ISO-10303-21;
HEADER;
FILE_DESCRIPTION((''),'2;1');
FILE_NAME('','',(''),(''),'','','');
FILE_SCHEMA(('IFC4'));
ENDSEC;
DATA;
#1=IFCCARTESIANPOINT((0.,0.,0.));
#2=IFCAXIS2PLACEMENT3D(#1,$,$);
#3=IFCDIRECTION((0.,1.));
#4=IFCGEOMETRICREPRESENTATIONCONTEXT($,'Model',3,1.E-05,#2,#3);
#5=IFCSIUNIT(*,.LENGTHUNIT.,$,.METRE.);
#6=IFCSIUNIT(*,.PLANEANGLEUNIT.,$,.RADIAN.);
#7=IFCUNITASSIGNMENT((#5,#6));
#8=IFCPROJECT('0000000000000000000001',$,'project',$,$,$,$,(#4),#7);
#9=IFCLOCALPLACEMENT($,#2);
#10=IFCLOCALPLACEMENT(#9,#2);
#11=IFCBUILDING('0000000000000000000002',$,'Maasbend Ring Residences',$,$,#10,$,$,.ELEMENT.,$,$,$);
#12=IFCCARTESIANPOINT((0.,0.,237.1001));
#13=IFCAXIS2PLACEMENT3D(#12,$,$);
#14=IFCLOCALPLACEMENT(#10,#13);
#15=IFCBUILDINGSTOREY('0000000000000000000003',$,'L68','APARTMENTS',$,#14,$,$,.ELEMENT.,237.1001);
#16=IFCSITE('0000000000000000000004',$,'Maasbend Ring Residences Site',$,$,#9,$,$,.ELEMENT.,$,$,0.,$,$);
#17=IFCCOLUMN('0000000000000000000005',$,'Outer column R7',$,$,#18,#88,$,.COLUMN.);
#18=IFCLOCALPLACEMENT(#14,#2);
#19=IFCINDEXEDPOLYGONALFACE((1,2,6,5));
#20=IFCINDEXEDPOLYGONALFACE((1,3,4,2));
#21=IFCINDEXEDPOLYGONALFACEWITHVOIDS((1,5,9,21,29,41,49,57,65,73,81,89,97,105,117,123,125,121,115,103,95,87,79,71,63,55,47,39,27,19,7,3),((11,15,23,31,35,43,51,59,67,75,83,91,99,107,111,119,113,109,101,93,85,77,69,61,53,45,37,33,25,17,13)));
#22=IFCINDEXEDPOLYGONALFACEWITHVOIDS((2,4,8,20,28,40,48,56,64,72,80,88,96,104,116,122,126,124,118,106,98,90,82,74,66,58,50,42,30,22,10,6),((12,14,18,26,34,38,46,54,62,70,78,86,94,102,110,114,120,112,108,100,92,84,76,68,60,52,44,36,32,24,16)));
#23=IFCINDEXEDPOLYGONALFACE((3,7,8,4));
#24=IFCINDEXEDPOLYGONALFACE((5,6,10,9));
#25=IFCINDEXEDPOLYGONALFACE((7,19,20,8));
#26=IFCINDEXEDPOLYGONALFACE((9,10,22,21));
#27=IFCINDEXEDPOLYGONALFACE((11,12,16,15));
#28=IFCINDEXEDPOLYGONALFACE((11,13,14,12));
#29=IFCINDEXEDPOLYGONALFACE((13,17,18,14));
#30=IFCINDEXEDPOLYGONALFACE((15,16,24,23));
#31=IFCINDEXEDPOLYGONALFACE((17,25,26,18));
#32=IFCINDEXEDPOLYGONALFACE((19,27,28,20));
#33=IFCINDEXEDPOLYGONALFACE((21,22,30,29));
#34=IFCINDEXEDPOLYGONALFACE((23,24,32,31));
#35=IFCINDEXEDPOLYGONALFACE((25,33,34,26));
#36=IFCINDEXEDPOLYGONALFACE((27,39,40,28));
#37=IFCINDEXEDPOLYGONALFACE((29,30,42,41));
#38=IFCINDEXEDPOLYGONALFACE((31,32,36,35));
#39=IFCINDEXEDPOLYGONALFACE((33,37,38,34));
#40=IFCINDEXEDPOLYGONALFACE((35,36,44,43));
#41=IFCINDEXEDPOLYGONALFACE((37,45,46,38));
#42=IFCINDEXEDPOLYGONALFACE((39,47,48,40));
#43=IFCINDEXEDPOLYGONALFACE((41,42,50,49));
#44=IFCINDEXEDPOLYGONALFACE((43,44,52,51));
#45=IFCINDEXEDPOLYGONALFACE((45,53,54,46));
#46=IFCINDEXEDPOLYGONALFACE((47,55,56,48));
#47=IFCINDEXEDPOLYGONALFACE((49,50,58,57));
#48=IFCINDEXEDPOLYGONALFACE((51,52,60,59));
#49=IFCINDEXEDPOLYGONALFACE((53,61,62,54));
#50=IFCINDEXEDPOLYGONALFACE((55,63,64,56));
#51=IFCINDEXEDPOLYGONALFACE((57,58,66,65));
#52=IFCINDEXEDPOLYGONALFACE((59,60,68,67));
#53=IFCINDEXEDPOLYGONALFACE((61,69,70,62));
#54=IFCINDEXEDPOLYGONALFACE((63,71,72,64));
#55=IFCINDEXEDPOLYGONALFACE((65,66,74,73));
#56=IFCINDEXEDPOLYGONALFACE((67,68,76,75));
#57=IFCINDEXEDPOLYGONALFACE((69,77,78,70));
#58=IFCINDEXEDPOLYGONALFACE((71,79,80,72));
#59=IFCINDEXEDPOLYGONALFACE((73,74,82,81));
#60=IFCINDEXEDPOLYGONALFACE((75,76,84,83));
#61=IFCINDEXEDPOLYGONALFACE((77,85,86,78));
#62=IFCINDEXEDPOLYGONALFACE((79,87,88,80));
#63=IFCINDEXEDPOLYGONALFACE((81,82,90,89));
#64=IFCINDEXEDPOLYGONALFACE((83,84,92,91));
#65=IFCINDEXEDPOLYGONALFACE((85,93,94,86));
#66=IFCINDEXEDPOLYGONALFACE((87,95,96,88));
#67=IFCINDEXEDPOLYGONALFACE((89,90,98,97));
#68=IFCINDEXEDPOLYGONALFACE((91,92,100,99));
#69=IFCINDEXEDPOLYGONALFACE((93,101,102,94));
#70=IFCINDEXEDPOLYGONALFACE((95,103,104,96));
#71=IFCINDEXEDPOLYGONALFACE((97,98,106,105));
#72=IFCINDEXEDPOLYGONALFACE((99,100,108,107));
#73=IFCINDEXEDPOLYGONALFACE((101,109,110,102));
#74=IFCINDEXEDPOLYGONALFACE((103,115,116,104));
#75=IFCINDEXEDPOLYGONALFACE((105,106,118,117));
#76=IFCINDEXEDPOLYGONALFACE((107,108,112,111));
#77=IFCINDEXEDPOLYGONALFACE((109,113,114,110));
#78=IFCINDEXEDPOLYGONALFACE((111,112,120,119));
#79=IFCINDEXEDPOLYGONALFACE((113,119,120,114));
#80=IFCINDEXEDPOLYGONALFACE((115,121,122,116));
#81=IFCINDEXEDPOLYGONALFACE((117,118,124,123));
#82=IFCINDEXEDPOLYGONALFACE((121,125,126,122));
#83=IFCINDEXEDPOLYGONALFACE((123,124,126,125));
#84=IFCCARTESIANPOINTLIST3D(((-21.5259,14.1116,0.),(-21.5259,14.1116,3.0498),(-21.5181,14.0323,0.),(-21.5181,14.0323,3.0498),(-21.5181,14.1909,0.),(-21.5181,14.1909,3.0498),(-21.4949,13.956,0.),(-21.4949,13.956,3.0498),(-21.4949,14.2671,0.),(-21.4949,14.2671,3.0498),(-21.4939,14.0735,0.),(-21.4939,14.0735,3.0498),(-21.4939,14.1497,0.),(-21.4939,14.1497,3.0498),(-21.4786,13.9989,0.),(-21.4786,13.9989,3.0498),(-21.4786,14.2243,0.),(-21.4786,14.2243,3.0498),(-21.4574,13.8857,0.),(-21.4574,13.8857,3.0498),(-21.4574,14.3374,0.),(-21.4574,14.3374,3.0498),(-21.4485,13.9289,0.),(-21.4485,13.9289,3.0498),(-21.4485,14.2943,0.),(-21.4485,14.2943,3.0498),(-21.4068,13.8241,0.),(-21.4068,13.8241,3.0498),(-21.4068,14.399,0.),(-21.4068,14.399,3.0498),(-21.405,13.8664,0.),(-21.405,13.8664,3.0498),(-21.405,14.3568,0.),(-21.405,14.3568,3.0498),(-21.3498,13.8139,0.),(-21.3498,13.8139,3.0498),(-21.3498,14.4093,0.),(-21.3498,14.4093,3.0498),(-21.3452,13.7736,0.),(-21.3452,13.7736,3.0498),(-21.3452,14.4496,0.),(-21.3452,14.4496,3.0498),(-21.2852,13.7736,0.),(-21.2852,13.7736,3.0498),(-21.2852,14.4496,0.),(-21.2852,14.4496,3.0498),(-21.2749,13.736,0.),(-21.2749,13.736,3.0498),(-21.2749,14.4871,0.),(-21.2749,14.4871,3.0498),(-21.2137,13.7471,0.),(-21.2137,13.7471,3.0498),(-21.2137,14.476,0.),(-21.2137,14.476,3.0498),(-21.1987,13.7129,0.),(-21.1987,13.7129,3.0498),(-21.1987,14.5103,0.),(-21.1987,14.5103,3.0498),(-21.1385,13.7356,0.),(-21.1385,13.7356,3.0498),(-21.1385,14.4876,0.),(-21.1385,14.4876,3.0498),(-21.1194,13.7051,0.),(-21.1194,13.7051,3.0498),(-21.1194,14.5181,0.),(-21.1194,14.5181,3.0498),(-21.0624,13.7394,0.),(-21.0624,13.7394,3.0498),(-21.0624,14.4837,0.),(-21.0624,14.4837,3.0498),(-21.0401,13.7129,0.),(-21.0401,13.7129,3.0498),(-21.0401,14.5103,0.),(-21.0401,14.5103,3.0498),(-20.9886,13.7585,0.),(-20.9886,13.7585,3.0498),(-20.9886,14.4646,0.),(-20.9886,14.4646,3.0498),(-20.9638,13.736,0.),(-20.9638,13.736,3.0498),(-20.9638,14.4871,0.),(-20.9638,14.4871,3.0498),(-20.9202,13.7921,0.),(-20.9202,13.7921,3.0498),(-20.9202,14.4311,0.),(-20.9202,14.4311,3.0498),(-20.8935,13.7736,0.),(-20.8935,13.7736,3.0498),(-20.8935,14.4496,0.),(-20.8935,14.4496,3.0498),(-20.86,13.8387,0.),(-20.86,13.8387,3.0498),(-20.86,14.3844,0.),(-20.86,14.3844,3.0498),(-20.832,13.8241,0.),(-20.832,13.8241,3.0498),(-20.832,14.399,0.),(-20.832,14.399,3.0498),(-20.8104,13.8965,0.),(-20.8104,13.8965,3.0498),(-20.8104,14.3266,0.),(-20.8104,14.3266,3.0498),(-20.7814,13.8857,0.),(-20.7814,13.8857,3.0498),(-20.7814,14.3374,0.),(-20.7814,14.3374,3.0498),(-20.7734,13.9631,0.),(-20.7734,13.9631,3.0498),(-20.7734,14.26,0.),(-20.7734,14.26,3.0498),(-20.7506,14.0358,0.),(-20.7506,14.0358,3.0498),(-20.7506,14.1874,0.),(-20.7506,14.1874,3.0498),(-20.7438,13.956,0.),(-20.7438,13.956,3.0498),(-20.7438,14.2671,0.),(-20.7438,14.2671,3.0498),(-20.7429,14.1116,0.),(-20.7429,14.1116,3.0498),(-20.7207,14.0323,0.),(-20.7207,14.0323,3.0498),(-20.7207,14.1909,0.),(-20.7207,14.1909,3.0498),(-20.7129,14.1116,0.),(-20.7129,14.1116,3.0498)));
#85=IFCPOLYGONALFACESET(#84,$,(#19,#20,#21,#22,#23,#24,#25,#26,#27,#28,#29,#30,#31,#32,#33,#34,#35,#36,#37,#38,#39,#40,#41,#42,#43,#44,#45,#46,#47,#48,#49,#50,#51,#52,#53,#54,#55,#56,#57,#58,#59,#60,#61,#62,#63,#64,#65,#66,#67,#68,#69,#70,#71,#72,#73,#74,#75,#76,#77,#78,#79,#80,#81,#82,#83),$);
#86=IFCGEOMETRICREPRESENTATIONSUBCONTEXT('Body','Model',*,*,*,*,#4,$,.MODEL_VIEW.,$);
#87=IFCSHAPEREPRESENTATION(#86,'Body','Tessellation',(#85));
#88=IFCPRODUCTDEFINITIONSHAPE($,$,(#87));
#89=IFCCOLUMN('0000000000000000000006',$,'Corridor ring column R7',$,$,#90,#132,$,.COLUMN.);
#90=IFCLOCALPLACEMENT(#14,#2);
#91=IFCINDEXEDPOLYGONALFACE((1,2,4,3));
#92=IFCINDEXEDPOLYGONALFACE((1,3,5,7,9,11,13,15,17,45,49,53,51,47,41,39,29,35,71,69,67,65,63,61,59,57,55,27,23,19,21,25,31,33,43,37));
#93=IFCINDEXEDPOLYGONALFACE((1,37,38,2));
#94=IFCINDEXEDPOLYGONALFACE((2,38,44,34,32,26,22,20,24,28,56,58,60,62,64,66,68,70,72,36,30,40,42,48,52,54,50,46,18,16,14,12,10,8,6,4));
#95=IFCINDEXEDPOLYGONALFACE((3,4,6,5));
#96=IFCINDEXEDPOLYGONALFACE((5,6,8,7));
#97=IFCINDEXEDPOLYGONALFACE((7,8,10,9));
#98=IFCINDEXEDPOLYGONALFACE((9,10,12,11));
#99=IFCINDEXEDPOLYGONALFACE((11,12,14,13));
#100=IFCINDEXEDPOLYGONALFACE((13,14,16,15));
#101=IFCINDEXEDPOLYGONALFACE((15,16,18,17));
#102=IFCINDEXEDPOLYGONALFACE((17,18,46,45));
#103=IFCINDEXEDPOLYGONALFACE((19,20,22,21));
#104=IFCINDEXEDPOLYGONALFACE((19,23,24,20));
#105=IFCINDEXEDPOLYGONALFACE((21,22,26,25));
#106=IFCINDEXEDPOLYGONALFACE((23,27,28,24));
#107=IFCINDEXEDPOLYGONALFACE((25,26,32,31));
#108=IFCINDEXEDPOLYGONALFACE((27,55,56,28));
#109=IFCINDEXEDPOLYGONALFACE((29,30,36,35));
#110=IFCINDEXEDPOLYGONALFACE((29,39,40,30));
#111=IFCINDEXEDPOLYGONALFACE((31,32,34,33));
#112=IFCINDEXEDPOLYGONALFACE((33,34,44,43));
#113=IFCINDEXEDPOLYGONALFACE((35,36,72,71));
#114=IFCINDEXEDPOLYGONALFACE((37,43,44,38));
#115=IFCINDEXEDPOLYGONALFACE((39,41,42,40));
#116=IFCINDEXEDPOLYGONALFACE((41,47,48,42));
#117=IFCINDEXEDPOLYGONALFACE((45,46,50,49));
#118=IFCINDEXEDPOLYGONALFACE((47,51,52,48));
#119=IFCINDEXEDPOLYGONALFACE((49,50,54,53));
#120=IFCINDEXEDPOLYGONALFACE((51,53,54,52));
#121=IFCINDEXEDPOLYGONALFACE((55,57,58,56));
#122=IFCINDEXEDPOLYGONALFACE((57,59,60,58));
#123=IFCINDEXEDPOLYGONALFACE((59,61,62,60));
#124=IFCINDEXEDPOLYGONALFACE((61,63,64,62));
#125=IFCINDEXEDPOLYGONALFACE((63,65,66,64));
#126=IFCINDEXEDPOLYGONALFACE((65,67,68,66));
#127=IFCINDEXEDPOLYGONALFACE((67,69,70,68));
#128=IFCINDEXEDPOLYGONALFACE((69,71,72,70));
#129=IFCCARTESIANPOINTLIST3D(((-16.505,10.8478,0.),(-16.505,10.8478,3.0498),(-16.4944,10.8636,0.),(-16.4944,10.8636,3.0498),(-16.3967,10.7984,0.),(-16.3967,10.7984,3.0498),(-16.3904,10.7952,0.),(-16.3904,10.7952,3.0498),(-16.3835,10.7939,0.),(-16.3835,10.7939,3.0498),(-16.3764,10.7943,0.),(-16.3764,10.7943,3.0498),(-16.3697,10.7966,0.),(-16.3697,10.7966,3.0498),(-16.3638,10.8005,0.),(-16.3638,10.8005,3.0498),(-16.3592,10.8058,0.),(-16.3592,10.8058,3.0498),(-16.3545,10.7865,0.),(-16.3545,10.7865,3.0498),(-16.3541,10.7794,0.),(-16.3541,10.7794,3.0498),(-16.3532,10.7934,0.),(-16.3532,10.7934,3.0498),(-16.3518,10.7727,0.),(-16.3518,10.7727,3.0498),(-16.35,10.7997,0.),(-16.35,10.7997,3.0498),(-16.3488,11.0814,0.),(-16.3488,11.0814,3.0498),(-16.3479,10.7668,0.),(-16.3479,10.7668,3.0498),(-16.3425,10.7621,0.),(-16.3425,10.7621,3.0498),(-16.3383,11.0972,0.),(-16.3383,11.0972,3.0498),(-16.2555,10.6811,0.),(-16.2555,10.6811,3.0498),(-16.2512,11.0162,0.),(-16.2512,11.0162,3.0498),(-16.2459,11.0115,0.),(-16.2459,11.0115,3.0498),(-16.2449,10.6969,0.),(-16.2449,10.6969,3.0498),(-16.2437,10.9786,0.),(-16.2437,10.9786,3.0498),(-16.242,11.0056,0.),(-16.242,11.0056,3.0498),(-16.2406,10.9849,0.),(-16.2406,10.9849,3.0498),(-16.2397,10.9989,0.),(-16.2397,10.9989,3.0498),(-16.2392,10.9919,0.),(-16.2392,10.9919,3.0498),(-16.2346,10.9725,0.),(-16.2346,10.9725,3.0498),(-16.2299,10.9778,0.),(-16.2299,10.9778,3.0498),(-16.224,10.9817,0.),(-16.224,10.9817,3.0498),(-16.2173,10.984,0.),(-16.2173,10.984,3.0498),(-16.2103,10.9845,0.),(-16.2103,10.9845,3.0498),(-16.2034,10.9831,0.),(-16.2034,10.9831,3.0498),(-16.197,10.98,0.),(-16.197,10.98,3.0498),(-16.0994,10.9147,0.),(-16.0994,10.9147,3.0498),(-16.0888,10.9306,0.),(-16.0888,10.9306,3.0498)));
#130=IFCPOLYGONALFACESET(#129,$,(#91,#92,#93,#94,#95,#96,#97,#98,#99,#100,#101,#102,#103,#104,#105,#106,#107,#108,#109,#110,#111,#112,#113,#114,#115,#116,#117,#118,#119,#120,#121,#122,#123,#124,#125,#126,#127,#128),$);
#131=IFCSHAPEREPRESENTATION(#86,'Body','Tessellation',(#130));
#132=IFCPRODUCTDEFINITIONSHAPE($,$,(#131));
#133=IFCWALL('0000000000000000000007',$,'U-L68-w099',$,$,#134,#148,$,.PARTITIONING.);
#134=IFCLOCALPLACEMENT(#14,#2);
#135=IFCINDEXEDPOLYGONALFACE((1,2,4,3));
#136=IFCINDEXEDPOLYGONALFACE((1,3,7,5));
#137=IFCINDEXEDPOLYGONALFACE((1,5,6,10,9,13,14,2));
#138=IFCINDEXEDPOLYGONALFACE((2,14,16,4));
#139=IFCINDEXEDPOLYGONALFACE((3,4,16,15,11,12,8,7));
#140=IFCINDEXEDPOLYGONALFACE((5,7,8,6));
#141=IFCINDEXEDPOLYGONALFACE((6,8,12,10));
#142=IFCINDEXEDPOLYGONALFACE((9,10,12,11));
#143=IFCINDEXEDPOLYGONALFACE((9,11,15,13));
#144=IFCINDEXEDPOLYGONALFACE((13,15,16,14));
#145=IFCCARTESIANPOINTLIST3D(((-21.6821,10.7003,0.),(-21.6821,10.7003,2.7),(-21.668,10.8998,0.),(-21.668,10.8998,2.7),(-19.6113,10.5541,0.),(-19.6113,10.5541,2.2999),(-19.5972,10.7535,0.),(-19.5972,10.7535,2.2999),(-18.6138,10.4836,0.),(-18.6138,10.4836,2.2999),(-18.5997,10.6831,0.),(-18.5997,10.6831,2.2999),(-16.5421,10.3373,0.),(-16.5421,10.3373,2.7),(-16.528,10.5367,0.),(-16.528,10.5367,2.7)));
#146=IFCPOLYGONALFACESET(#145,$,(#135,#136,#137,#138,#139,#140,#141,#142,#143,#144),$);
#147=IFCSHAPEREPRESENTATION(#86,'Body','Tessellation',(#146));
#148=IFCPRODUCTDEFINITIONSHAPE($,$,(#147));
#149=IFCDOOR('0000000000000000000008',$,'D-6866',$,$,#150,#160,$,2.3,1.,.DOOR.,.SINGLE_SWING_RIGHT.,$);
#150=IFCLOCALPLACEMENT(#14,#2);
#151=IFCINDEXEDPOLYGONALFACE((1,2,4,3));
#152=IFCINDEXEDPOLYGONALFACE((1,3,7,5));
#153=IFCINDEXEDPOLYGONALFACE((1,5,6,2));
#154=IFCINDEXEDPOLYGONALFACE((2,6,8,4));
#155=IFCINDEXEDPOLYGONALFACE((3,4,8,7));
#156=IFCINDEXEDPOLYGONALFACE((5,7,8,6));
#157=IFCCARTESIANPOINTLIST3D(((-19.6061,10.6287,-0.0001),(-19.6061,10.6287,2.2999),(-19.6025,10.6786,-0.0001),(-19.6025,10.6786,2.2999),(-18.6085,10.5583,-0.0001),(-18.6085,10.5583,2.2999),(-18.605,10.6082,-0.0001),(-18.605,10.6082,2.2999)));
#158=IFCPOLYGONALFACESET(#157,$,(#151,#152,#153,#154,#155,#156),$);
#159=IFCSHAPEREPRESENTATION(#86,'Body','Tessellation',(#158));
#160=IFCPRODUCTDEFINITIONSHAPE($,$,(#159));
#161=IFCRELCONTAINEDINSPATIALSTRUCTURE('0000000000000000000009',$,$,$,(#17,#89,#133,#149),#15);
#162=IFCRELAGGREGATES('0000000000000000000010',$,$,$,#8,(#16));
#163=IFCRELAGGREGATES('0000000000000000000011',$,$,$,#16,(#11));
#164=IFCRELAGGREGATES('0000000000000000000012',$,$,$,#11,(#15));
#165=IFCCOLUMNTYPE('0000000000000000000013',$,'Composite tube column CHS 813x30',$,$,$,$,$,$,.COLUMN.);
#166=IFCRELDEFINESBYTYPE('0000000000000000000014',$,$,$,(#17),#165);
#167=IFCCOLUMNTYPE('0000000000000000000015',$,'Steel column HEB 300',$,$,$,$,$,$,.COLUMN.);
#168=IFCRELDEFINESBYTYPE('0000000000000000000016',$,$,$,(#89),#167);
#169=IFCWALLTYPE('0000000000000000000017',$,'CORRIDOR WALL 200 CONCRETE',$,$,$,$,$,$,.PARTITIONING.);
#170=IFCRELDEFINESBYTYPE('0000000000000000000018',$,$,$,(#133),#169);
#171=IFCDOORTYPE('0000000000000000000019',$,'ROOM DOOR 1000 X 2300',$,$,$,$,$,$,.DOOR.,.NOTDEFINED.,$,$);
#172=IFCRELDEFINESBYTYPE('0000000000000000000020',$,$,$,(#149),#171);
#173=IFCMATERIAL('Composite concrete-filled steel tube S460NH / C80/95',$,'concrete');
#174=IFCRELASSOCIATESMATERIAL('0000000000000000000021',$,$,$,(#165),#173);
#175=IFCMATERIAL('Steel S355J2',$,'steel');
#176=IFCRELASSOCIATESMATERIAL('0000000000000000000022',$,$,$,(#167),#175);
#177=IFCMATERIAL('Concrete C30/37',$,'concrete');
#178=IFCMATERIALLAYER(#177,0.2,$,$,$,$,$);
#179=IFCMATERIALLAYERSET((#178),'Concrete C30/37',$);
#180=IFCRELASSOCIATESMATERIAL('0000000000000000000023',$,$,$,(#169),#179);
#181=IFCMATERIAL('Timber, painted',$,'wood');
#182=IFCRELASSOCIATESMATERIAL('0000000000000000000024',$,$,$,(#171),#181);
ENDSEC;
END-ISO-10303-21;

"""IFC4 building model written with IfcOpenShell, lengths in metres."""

from ifc_helpers import new_model, si_unit, direction, frame, frame_2d, origin, origin_2d, place, context, subcontext, project, spatial, rectangle, hollow_circle, i_section, extrude, material, layer, layer_set, material_profile, profile_set, type_object, element, fill, save


model = new_model("IFC4")

# Units and contexts
model_context = context("Model", 3, precision=1e-05, world=origin(), true_north=direction((0.0, 1.0)))
body_context = subcontext(model_context, "Body", "Model", "MODEL_VIEW")
ifc_project = project(units=[si_unit("LENGTHUNIT", "METRE"), si_unit("PLANEANGLEUNIT", "RADIAN")], contexts=[model_context])

# Site, building, storey
site_placement = place(None, origin())
site = spatial("IfcSite", under=ifc_project, at=site_placement, Name="Maasbend Ring Residences Site", CompositionType="ELEMENT", RefElevation=0.0)
building_placement = place(site_placement, origin())
building = spatial("IfcBuilding", under=site, at=building_placement, Name="Maasbend Ring Residences", CompositionType="ELEMENT")
storey_placement = place(building_placement, frame((0.0, 0.0, 237.1001)))
storey = spatial("IfcBuildingStorey", under=building, at=storey_placement, Name="L68", Description="APARTMENTS", CompositionType="ELEMENT", Elevation=237.1001)

# Columns
ifc_material_1 = material(Name="Composite concrete-filled steel tube S460NH / C80/95", Category="concrete")
ifc_material_profile_1 = material_profile(ifc_material_1, hollow_circle(Radius=0.4065, WallThickness=0.03, at=origin_2d()), Name="Composite tube column CHS 813x30")
ifc_profile_set_1 = profile_set([ifc_material_profile_1], Name="Composite concrete-filled steel tube S460NH / C80/95")
column_type_1 = type_object("IfcColumnType", Name="Composite tube column CHS 813x30", PredefinedType="COLUMN", material=ifc_profile_set_1)
column_1_placement = place(storey_placement, frame((-21.1194, 14.1116, 0.0), z_axis=(0.0, 0.0, 1.0), x_axis=(1.0, 0.0, 0.0)))
element("IfcColumn", 1, at=column_1_placement, inside=storey, type_object=column_type_1, Name="Outer column R7", PredefinedType="COLUMN", context=body_context, shape_type="SweptSolid", body=[
    extrude(hollow_circle(Radius=0.4065, WallThickness=0.03, at=origin_2d()), origin(), (0.0, 0.0, 1.0), 3.0498),
])
ifc_material_2 = material(Name="Steel S355J2", Category="steel")
ifc_material_profile_2 = material_profile(ifc_material_2, i_section(OverallWidth=0.3, OverallDepth=0.3, WebThickness=0.011, FlangeThickness=0.019, FilletRadius=0.0271, at=origin_2d()), Name="HEB 300")
ifc_profile_set_2 = profile_set([ifc_material_profile_2], Name="Steel S355J2")
column_type_2 = type_object("IfcColumnType", Name="Steel column HEB 300", PredefinedType="COLUMN", material=ifc_profile_set_2)
column_2_placement = place(storey_placement, frame((-16.2969, 10.8892, 0.0), z_axis=(0.0, 0.0, 1.0), x_axis=(-0.83147, 0.55557, 0.0)))
element("IfcColumn", 2, at=column_2_placement, inside=storey, type_object=column_type_2, Name="Corridor ring column R7", PredefinedType="COLUMN", context=body_context, shape_type="SweptSolid", body=[
    extrude(i_section(OverallWidth=0.3, OverallDepth=0.3, WebThickness=0.011, FlangeThickness=0.019, FilletRadius=0.0271, at=origin_2d()), origin(), (0.0, 0.0, 1.0), 3.0498),
])

# Wall, opening, door
ifc_material_3 = material(Name="Concrete C30/37", Category="concrete")
ifc_layer_1 = layer(ifc_material_3, 0.2)
ifc_layer_set_1 = layer_set([ifc_layer_1], Name="Concrete C30/37")
wall_type_1 = type_object("IfcWallType", Name="CORRIDOR WALL 200 CONCRETE", PredefinedType="PARTITIONING", material=ifc_layer_set_1)
wall_1_placement = place(storey_placement, frame((-21.675, 10.8, 0.0), z_axis=(0.0, 0.0, 1.0), x_axis=(0.997515, -0.070452, 0.0)))
wall_1 = element("IfcWall", 3, at=wall_1_placement, inside=storey, type_object=wall_type_1, Name="U-L68-w099", PredefinedType="PARTITIONING", context=body_context, shape_type="SweptSolid", body=[
    extrude(rectangle(XDim=5.1528, YDim=0.2, at=frame_2d((2.5764, 0.0))), origin(), (0.0, 0.0, 1.0), 2.7),
])
opening_1_placement = place(wall_1_placement, frame((2.0759, 0.0, 0.0)))
opening_1 = element("IfcOpeningElement", 4, at=opening_1_placement, cuts=wall_1, PredefinedType="OPENING", context=body_context, shape_type="SweptSolid", body=[
    extrude(rectangle(XDim=1.0, YDim=2.3, at=frame_2d((0.5, 1.1499))), frame((0.0, 0.1099, 0.0), z_axis=(0.0, -1.0, 0.0), x_axis=(1.0, 0.0, 0.0)), (0.0, 0.0, 1.0), 0.22),
])
ifc_material_4 = material(Name="Timber, painted", Category="wood")
door_type_1 = type_object("IfcDoorType", Name="ROOM DOOR 1000 X 2300", OperationType="NOTDEFINED", PredefinedType="DOOR", material=ifc_material_4)
door_1_placement = place(opening_1_placement, origin())
door_1 = element("IfcDoor", 5, at=door_1_placement, inside=storey, type_object=door_type_1, Name="D-6866", OperationType="SINGLE_SWING_RIGHT", OverallHeight=2.3, OverallWidth=1.0, PredefinedType="DOOR", context=body_context, shape_type="SweptSolid", body=[
    extrude(rectangle(XDim=1.0, YDim=2.3, at=frame_2d((0.5, 1.1499))), frame((0.0, 0.0249, 0.0), z_axis=(0.0, -1.0, 0.0), x_axis=(1.0, 0.0, 0.0)), (0.0, 0.0, 1.0), 0.05),
])
fill(opening_1, door_1)

save(model, "model.ifc")
